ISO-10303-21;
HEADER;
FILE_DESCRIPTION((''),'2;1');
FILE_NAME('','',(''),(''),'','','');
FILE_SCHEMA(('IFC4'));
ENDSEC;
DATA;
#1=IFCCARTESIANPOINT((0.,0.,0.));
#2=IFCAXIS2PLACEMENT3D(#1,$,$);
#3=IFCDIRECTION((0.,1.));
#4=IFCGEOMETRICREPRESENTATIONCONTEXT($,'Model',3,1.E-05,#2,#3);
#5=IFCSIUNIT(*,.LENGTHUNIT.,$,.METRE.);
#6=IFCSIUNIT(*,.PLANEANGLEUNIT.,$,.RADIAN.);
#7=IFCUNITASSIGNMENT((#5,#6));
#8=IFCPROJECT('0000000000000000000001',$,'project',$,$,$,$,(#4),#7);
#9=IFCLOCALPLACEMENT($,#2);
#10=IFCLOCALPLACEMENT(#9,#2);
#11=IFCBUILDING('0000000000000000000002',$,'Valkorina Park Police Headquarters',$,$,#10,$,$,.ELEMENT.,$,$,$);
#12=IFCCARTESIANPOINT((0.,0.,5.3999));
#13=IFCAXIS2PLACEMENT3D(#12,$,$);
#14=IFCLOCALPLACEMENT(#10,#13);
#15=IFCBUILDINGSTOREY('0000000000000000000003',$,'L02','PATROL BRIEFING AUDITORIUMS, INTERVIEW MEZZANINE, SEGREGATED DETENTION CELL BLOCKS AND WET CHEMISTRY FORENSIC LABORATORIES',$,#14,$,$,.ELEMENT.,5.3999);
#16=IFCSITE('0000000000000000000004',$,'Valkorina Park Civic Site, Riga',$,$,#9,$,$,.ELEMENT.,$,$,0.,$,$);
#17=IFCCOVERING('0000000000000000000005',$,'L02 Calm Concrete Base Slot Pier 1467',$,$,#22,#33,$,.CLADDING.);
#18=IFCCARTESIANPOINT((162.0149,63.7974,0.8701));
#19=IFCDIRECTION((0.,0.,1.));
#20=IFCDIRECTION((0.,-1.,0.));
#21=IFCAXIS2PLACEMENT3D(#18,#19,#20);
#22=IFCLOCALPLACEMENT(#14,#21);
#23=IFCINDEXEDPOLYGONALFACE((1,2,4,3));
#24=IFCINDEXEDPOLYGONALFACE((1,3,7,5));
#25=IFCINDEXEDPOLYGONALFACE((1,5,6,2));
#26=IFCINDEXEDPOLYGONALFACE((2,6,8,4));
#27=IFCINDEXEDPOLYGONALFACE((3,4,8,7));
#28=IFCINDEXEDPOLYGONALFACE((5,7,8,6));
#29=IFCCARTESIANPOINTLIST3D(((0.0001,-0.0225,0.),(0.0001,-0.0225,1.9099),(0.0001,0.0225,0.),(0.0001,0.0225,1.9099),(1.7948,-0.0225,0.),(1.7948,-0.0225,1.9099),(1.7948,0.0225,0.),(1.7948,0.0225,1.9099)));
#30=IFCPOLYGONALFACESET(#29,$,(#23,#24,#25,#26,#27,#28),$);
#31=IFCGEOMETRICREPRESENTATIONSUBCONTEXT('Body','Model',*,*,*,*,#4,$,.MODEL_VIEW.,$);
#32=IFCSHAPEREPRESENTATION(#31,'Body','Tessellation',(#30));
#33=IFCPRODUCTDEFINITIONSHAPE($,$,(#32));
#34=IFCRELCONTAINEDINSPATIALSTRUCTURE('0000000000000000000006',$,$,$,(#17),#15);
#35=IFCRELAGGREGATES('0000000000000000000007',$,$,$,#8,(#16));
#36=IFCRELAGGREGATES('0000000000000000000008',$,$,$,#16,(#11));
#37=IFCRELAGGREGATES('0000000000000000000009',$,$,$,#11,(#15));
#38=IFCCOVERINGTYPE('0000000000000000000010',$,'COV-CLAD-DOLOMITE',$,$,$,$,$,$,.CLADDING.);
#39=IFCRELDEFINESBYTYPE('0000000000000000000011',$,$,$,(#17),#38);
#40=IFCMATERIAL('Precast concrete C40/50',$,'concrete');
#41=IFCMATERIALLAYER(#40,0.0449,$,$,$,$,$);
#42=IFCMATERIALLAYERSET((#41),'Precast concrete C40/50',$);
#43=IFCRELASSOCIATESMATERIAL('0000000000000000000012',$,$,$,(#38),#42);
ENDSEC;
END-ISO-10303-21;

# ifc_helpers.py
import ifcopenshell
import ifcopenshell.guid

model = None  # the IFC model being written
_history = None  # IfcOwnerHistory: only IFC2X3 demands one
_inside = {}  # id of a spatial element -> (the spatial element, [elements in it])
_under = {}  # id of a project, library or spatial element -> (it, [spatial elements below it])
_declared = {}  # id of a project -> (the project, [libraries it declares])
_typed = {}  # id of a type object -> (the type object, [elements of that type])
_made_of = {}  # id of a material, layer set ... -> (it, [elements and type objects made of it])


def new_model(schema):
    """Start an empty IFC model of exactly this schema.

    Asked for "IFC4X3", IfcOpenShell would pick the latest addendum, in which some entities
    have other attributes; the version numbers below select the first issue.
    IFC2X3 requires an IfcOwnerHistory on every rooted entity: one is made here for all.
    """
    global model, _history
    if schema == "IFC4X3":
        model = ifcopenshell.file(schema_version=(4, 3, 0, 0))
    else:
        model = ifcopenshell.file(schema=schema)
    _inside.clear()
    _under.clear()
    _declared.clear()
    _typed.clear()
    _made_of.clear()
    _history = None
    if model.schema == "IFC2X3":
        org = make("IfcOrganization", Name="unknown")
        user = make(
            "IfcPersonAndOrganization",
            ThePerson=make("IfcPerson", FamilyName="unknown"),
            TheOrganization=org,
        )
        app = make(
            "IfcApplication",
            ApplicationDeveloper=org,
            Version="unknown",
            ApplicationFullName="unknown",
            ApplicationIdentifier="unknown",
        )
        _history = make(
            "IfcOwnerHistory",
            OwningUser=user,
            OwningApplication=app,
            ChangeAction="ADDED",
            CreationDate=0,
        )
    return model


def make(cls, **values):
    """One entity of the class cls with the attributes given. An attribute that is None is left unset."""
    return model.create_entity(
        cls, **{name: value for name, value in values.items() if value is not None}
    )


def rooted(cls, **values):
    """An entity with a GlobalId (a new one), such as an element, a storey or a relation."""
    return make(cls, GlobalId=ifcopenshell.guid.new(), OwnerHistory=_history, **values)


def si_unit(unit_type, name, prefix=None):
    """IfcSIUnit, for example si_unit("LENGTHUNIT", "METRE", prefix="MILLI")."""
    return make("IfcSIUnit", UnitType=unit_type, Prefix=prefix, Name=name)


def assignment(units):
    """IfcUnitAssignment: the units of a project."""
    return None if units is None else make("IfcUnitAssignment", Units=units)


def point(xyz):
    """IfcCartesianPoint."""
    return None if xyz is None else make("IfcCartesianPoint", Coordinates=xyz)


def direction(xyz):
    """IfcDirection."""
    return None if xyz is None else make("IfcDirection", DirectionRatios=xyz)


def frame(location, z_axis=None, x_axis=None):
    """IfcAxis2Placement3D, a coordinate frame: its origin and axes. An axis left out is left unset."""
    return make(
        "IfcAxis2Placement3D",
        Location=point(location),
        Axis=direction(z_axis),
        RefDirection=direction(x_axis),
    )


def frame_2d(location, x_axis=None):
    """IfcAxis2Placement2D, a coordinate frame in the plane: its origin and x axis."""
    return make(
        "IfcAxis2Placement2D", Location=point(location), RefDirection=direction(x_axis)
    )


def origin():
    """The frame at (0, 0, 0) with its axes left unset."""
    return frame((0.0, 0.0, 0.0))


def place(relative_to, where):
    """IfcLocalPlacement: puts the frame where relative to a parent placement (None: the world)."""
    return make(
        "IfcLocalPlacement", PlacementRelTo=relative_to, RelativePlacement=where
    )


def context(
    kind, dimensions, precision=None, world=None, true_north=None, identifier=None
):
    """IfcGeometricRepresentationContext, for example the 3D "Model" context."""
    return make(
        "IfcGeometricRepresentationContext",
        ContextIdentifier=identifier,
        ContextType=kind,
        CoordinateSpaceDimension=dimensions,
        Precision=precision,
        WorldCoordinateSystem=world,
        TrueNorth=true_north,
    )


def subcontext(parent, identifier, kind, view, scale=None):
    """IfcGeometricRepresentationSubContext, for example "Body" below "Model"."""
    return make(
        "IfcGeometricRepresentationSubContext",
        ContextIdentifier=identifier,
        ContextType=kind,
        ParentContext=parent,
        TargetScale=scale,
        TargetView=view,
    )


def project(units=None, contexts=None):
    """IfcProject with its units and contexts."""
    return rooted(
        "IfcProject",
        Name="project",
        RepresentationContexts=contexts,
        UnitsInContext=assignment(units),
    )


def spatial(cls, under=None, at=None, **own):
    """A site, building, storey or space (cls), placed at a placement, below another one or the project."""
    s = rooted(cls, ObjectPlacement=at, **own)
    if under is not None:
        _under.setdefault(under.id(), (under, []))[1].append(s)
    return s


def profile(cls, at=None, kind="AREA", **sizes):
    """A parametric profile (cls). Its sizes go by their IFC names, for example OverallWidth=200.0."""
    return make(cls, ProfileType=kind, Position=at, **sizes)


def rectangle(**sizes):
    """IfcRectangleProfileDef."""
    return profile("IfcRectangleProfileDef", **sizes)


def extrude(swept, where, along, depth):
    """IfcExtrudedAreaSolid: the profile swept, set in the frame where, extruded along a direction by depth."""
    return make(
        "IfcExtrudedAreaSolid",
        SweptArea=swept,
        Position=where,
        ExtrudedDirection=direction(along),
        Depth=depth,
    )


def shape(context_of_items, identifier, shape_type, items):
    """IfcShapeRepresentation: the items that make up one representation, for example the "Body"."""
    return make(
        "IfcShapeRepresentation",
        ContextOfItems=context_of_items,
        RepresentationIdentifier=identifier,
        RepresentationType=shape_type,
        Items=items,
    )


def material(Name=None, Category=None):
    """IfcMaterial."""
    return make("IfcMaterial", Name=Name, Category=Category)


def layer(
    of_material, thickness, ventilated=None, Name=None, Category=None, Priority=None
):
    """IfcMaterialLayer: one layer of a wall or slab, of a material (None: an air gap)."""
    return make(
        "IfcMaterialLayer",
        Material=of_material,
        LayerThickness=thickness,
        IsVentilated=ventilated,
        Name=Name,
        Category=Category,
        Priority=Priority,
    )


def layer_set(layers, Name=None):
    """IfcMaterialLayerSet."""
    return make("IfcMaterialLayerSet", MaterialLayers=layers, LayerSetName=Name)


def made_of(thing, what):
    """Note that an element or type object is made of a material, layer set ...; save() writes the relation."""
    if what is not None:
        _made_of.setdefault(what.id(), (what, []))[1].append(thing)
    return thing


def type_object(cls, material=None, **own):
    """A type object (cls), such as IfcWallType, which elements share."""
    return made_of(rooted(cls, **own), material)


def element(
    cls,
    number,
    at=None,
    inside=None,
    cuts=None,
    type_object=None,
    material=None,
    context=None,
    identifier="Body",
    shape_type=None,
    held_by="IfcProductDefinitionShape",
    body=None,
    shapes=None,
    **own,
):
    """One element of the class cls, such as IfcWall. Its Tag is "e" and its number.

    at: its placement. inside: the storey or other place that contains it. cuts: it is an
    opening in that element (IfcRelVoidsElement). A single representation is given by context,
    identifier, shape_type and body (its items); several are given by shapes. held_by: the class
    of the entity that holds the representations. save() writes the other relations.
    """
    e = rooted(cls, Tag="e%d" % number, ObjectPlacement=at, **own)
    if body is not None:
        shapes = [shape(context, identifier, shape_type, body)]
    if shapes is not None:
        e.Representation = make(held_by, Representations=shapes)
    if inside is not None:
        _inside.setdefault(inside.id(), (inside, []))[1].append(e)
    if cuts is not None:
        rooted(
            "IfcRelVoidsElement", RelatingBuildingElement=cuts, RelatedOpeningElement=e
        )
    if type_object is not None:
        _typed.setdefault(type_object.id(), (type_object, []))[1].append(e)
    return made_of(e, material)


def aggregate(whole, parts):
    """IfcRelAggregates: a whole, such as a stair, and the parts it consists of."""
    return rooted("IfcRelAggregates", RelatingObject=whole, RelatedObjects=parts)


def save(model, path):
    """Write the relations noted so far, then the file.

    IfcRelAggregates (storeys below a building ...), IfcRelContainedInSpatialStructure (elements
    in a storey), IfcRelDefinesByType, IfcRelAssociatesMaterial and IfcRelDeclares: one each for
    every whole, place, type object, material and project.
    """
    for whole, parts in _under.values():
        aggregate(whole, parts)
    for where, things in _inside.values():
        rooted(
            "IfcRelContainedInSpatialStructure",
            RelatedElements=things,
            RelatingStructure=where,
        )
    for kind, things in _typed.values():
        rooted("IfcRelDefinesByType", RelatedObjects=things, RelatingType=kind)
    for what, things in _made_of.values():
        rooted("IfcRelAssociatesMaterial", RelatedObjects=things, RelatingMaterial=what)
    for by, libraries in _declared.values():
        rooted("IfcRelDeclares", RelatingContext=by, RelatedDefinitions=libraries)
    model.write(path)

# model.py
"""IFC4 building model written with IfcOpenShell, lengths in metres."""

from ifc_helpers import new_model, si_unit, direction, frame, frame_2d, origin, place, context, subcontext, project, spatial, rectangle, extrude, material, layer, layer_set, type_object, element, save


model = new_model("IFC4")

# Units and contexts
model_context = context("Model", 3, precision=1e-05, world=origin(), true_north=direction((0.0, 1.0)))
body_context = subcontext(model_context, "Body", "Model", "MODEL_VIEW")
ifc_project = project(units=[si_unit("LENGTHUNIT", "METRE"), si_unit("PLANEANGLEUNIT", "RADIAN")], contexts=[model_context])

# Site, building, storey
site_placement = place(None, origin())
site = spatial("IfcSite", under=ifc_project, at=site_placement, Name="Valkorina Park Civic Site, Riga", CompositionType="ELEMENT", RefElevation=0.0)
building_placement = place(site_placement, origin())
building = spatial("IfcBuilding", under=site, at=building_placement, Name="Valkorina Park Police Headquarters", CompositionType="ELEMENT")
storey_placement = place(building_placement, frame((0.0, 0.0, 5.3999)))
storey = spatial("IfcBuildingStorey", under=building, at=storey_placement, Name="L02", Description="PATROL BRIEFING AUDITORIUMS, INTERVIEW MEZZANINE, SEGREGATED DETENTION CELL BLOCKS AND WET CHEMISTRY FORENSIC LABORATORIES", CompositionType="ELEMENT", Elevation=5.3999)

# Shared definitions
ifc_material_1 = material(Name="Precast concrete C40/50", Category="concrete")

# Covering
ifc_layer_1 = layer(ifc_material_1, 0.0449)
ifc_layer_set_1 = layer_set([ifc_layer_1], Name="Precast concrete C40/50")
covering_type = type_object("IfcCoveringType", Name="COV-CLAD-DOLOMITE", PredefinedType="CLADDING", material=ifc_layer_set_1)
covering_1_placement = place(storey_placement, frame((162.0149, 63.7974, 0.8701), z_axis=(0.0, 0.0, 1.0), x_axis=(0.0, -1.0, 0.0)))
element("IfcCovering", 1, at=covering_1_placement, inside=storey, type_object=covering_type, Name="L02 Calm Concrete Base Slot Pier 1467", PredefinedType="CLADDING", context=body_context, shape_type="SweptSolid", body=[
    extrude(rectangle(XDim=1.7947, YDim=0.0449, at=frame_2d((0.8975, 0.0))), origin(), (0.0, 0.0, 1.0), 1.9099),
])

save(model, "model.ifc")
